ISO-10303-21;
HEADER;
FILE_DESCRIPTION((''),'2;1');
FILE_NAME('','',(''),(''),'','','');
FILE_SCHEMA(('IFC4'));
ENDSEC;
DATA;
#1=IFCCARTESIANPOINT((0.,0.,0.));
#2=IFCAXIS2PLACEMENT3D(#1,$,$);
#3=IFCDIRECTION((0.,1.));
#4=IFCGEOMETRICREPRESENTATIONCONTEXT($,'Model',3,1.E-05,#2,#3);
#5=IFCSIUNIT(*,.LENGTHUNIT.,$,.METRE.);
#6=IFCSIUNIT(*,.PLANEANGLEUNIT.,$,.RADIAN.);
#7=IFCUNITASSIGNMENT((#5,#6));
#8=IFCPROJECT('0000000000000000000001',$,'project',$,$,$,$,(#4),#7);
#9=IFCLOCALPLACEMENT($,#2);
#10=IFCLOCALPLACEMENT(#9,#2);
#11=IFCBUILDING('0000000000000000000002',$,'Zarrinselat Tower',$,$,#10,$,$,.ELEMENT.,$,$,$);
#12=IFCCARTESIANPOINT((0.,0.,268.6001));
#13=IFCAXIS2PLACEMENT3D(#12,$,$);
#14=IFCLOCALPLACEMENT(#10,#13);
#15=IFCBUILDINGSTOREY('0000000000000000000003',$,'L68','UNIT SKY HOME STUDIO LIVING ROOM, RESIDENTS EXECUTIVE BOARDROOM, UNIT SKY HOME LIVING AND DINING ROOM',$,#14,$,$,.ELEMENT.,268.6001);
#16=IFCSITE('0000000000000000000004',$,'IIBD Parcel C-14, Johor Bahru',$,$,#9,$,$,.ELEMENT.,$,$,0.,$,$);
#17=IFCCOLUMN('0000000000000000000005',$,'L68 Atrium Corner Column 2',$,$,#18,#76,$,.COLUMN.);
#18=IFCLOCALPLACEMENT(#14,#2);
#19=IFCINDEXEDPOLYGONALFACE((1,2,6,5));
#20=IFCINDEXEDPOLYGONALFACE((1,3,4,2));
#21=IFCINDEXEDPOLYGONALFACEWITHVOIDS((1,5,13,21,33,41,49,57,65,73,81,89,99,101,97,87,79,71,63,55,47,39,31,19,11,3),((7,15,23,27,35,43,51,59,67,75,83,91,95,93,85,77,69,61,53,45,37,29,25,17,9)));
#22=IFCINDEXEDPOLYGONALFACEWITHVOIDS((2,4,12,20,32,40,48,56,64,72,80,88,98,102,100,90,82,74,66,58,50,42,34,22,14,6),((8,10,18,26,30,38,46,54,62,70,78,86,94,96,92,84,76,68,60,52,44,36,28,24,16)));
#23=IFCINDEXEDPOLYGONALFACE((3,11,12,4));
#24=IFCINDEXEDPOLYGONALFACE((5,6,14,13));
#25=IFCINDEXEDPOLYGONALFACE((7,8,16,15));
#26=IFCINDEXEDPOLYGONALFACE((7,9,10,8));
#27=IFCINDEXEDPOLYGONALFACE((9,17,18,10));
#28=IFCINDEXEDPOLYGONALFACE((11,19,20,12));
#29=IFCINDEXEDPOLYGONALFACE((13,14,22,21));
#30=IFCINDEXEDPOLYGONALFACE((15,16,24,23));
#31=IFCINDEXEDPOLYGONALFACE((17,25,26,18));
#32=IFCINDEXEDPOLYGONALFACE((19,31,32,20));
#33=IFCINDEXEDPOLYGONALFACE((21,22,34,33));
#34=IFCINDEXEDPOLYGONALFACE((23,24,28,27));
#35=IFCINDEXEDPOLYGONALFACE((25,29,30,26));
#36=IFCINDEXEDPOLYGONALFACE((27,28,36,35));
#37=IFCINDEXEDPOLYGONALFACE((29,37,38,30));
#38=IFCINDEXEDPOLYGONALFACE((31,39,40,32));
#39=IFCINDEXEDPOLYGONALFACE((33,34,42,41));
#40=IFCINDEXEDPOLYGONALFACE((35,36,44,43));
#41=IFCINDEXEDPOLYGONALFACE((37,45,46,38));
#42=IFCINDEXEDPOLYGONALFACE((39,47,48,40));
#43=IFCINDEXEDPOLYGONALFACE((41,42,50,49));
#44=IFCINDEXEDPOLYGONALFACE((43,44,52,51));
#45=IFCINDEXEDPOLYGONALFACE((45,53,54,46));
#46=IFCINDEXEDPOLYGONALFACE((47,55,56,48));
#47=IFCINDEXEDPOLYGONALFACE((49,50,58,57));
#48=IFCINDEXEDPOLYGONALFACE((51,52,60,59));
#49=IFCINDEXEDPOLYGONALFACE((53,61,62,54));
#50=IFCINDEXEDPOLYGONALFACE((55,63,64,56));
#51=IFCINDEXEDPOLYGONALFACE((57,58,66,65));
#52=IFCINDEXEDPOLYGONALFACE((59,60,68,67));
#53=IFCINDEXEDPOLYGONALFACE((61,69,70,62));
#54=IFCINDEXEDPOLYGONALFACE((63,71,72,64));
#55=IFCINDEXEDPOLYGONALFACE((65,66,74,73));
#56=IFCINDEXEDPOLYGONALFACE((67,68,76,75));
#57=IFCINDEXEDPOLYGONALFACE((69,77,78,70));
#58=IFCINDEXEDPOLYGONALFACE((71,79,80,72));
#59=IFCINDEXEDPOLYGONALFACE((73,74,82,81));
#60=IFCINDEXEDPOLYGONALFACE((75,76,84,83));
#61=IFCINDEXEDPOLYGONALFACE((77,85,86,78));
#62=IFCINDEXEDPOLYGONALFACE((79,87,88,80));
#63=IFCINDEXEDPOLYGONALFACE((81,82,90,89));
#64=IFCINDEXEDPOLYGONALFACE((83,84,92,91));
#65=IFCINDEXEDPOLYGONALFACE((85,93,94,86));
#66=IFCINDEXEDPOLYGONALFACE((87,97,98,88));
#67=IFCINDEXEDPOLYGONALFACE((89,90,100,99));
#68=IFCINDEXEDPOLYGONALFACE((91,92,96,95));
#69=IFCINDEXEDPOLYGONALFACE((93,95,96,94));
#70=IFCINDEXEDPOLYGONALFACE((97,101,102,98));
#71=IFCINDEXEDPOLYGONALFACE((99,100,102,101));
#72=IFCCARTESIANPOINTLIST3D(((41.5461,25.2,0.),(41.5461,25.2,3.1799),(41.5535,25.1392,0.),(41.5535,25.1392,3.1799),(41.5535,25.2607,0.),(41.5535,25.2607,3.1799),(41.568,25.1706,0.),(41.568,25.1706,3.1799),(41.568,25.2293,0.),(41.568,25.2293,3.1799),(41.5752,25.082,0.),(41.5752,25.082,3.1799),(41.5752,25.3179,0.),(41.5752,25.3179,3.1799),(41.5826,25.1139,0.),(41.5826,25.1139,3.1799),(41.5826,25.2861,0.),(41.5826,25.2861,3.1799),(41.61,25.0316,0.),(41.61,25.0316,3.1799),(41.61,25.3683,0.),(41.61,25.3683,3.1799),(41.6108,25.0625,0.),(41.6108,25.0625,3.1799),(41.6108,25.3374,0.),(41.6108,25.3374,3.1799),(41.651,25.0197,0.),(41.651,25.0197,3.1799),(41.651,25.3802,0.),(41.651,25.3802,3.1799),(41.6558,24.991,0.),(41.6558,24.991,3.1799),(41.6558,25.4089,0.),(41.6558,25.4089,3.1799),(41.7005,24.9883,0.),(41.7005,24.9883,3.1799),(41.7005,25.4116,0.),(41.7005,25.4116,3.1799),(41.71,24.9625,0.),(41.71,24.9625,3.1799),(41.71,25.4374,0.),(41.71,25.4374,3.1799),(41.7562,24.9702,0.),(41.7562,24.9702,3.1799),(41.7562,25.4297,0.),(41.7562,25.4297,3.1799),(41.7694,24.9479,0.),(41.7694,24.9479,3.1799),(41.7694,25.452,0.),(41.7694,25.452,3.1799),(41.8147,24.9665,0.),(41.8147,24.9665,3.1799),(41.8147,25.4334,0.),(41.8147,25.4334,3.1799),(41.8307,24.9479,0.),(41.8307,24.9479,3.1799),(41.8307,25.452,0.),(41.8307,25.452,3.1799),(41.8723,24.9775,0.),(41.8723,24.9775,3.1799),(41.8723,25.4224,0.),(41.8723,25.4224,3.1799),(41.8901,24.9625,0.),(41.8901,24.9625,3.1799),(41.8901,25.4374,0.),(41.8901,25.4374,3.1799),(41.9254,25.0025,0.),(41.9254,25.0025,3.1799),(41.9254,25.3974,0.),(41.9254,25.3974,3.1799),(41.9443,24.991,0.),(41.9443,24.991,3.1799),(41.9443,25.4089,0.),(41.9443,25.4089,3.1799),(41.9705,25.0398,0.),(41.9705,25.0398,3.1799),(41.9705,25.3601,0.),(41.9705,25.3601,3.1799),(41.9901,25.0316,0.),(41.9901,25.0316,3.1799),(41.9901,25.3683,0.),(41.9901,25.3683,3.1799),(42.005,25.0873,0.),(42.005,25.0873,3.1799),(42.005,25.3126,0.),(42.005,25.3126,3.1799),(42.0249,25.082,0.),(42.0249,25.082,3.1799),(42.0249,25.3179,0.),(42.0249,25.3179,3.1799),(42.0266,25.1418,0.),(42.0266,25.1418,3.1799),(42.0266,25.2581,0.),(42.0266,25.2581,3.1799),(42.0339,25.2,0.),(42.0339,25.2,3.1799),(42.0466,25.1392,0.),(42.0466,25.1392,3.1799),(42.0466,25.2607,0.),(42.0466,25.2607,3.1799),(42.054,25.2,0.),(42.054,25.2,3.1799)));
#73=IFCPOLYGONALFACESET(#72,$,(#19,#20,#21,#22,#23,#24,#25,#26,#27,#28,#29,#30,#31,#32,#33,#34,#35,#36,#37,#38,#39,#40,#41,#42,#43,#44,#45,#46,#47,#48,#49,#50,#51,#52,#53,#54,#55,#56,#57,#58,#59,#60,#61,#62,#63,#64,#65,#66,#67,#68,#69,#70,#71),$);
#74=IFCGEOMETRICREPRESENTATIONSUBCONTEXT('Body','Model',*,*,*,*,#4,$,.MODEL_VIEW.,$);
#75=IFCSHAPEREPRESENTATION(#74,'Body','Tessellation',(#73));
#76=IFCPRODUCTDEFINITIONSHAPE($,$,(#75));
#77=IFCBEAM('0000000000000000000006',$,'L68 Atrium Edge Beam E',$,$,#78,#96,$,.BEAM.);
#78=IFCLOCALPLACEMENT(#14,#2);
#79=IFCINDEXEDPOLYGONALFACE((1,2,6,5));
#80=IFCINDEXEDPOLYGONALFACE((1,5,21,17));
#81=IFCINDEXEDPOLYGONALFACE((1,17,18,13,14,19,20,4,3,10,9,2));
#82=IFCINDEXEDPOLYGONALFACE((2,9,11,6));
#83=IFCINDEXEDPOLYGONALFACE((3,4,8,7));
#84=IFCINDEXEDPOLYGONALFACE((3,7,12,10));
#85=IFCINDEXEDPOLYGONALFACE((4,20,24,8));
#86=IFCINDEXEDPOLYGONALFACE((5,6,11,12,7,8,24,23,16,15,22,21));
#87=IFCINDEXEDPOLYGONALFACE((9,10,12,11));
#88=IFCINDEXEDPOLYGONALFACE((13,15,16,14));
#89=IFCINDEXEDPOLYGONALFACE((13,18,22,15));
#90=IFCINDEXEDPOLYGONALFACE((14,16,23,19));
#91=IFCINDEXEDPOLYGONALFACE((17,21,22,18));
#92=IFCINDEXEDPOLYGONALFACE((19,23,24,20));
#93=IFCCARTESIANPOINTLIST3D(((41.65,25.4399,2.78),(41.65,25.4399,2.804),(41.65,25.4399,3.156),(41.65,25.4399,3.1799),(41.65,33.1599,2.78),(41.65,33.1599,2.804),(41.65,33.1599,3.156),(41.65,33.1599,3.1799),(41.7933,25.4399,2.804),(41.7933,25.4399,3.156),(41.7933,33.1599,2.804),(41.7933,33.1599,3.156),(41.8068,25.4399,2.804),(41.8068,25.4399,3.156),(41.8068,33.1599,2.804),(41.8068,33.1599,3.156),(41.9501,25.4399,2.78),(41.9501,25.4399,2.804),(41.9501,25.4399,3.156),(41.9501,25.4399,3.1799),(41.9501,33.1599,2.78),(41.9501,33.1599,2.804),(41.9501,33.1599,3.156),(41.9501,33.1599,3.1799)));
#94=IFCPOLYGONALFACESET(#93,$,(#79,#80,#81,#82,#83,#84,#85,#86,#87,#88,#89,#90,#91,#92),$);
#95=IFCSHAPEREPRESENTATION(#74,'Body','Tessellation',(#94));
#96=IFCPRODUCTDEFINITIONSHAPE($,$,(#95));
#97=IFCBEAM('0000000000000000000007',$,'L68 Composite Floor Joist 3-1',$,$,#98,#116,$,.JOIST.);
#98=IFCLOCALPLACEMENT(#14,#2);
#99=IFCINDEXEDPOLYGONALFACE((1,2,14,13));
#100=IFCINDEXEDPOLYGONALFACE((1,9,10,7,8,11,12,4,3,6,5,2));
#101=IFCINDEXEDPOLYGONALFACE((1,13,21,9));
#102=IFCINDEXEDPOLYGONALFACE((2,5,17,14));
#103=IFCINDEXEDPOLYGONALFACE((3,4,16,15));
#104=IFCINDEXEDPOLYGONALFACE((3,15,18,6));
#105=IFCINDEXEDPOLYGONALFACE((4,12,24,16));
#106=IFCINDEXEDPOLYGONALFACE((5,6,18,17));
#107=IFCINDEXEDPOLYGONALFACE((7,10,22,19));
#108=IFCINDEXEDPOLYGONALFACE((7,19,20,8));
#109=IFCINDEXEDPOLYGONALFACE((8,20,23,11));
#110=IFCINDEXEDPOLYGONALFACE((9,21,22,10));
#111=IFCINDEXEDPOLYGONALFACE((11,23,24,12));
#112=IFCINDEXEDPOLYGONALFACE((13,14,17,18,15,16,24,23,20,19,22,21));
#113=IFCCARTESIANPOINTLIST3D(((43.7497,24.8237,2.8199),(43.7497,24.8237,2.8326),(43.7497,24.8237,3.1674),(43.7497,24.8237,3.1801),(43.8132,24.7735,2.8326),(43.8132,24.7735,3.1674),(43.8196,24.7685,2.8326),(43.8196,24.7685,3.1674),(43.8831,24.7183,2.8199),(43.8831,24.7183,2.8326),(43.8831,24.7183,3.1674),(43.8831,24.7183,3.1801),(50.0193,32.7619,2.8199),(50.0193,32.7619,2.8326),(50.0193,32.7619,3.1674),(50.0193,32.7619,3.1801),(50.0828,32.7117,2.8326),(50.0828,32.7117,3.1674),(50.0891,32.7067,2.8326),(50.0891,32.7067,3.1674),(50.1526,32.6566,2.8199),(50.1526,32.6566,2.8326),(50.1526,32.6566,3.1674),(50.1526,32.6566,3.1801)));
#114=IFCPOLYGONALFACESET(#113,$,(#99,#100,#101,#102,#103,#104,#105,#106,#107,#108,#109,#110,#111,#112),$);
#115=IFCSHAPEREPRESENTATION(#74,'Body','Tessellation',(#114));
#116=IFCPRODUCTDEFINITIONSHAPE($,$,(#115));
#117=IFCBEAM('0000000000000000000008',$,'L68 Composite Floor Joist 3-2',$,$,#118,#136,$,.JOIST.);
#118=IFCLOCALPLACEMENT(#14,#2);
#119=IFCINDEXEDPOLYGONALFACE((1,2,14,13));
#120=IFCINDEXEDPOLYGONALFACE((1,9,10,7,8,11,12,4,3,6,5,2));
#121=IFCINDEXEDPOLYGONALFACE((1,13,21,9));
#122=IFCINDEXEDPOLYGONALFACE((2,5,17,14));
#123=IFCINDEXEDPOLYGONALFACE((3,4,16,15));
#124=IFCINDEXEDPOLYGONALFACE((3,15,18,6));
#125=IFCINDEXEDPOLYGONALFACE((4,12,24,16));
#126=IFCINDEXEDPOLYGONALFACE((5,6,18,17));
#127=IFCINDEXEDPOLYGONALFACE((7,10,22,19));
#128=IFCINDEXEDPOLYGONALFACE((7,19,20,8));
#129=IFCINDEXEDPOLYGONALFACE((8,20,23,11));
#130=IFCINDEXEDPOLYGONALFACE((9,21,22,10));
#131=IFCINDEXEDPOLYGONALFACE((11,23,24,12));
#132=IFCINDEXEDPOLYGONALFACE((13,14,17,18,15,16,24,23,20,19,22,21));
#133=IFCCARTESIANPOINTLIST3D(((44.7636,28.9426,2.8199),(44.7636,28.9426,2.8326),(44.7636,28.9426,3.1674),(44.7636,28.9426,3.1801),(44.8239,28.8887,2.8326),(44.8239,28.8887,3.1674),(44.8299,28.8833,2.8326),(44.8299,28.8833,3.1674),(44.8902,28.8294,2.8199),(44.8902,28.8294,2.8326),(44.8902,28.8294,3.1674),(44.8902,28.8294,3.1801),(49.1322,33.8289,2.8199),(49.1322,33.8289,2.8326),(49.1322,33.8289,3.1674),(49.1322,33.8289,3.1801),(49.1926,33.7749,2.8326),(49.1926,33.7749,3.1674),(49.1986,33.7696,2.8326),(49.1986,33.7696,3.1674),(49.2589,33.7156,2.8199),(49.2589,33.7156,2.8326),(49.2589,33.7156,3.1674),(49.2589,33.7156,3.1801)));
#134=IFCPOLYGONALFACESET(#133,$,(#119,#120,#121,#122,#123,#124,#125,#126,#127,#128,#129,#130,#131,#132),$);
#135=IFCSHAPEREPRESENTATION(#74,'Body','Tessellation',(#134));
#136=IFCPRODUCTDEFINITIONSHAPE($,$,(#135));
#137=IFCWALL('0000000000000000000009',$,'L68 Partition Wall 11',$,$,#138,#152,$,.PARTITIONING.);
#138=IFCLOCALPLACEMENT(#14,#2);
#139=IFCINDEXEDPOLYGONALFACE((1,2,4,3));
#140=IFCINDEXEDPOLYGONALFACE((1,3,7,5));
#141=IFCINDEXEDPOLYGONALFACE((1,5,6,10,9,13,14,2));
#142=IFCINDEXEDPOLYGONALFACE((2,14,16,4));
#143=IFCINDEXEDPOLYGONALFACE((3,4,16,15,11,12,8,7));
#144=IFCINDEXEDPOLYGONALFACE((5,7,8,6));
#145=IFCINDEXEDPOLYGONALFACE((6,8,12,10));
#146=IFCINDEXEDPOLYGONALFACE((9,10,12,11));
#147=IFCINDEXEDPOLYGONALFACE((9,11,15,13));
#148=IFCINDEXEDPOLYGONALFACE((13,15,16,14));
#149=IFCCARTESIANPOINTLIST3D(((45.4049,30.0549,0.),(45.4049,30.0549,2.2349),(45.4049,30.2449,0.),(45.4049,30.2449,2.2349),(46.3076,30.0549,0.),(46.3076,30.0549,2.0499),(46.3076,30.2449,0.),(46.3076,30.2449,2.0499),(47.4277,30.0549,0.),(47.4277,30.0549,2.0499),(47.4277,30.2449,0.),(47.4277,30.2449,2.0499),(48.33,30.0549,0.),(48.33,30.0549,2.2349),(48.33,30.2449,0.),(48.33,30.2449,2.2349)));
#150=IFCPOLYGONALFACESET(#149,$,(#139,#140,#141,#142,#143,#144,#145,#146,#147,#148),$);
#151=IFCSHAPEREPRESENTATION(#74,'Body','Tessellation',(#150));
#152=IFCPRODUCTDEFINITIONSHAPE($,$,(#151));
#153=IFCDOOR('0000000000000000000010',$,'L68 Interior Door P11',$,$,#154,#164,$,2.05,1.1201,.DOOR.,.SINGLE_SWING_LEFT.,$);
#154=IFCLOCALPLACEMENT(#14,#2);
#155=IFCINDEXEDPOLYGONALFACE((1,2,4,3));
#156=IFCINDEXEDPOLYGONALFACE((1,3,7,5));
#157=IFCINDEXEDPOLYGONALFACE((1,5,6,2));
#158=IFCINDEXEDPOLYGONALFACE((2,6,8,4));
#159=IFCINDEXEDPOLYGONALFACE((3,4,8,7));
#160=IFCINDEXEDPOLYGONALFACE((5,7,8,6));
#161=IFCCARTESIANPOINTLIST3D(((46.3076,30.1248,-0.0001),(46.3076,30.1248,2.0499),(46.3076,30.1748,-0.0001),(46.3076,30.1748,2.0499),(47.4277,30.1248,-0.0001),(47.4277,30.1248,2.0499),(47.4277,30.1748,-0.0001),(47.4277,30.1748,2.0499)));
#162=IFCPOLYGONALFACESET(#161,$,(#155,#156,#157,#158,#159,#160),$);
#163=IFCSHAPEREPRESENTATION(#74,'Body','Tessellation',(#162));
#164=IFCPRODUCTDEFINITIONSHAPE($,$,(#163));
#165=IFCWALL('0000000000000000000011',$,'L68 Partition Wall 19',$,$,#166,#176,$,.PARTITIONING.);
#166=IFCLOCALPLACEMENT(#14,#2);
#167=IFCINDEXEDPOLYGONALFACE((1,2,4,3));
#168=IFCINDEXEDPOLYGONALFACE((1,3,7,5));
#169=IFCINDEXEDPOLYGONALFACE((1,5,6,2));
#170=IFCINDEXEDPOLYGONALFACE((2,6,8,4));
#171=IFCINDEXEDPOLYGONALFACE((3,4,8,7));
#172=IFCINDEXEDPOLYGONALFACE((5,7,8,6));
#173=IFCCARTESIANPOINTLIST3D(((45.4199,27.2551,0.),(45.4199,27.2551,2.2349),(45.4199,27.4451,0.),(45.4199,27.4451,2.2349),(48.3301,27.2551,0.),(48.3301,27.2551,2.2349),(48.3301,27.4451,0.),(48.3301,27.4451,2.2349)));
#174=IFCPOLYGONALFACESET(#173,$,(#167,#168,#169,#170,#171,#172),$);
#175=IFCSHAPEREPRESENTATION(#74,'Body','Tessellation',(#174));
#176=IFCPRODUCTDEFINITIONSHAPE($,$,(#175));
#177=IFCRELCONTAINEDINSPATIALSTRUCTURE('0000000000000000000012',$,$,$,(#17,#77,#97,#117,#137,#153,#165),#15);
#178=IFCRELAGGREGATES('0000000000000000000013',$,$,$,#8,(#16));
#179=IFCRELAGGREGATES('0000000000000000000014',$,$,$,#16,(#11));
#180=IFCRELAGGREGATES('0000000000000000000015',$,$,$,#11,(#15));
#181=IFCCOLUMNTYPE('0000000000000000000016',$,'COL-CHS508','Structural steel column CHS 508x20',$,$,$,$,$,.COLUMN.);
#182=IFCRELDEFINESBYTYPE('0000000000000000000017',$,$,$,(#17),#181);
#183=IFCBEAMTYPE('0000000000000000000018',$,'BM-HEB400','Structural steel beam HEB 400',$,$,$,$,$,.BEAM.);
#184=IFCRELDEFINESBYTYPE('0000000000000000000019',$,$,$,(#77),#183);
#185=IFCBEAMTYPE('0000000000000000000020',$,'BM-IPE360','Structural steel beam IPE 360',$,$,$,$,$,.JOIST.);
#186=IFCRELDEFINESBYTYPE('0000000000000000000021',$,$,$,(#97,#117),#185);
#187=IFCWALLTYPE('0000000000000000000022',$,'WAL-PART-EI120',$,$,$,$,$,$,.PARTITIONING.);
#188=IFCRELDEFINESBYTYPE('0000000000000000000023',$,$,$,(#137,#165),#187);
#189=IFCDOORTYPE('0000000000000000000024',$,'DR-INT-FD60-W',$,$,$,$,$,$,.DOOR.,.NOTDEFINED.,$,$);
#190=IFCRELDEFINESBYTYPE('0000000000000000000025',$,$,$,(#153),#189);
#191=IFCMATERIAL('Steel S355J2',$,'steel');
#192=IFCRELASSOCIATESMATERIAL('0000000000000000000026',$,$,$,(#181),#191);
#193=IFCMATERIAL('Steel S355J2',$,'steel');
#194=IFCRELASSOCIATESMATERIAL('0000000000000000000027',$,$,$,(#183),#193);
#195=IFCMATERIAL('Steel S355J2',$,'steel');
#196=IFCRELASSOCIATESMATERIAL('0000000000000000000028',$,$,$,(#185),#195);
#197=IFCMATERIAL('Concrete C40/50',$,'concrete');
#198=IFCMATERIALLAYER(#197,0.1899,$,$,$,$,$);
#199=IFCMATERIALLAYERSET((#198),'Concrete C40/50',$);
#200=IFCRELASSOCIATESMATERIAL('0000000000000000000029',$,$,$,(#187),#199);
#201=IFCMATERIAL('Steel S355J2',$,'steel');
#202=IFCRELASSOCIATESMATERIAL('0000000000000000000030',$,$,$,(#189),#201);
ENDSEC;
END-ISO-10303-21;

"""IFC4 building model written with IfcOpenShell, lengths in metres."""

from ifc_helpers import new_model, si_unit, direction, frame, frame_2d, origin, origin_2d, place, context, subcontext, project, spatial, rectangle, hollow_circle, i_section, extrude, material, layer, layer_set, material_profile, profile_set, type_object, element, fill, save


model = new_model("IFC4")

# Units and contexts
model_context = context("Model", 3, precision=1e-05, world=origin(), true_north=direction((0.0, 1.0)))
body_context = subcontext(model_context, "Body", "Model", "MODEL_VIEW")
ifc_project = project(units=[si_unit("LENGTHUNIT", "METRE"), si_unit("PLANEANGLEUNIT", "RADIAN")], contexts=[model_context])

# Site, building, storey
site_placement = place(None, origin())
site = spatial("IfcSite", under=ifc_project, at=site_placement, Name="IIBD Parcel C-14, Johor Bahru", CompositionType="ELEMENT", RefElevation=0.0)
building_placement = place(site_placement, origin())
building = spatial("IfcBuilding", under=site, at=building_placement, Name="Zarrinselat Tower", CompositionType="ELEMENT")
storey_placement = place(building_placement, frame((0.0, 0.0, 268.6001)))
storey = spatial("IfcBuildingStorey", under=building, at=storey_placement, Name="L68", Description="UNIT SKY HOME STUDIO LIVING ROOM, RESIDENTS EXECUTIVE BOARDROOM, UNIT SKY HOME LIVING AND DINING ROOM", CompositionType="ELEMENT", Elevation=268.6001)

# Column
ifc_material_1 = material(Name="Steel S355J2", Category="steel")
ifc_material_profile_1 = material_profile(ifc_material_1, hollow_circle(Radius=0.2539, WallThickness=0.02, at=origin_2d()), Name="CHS 508x20")
ifc_profile_set_1 = profile_set([ifc_material_profile_1], Name="Steel S355J2")
column_type = type_object("IfcColumnType", Name="COL-CHS508", Description="Structural steel column CHS 508x20", PredefinedType="COLUMN", material=ifc_profile_set_1)
column_placement = place(storey_placement, frame((41.8, 25.2, 0.0), z_axis=(0.0, 0.0, 1.0), x_axis=(1.0, 0.0, 0.0)))
element("IfcColumn", 1, at=column_placement, inside=storey, type_object=column_type, Name="L68 Atrium Corner Column 2", PredefinedType="COLUMN", context=body_context, shape_type="SweptSolid", body=[
    extrude(hollow_circle(Radius=0.2539, WallThickness=0.02, at=origin_2d()), origin(), (0.0, 0.0, 1.0), 3.1799),
])

# Beams
ifc_material_2 = material(Name="Steel S355J2", Category="steel")
ifc_material_profile_2 = material_profile(ifc_material_2, i_section(OverallWidth=0.3, OverallDepth=0.3999, WebThickness=0.0134, FlangeThickness=0.0239, at=origin_2d()), Name="HEB 400")
ifc_profile_set_2 = profile_set([ifc_material_profile_2], Name="Steel S355J2")
beam_type_1 = type_object("IfcBeamType", Name="BM-HEB400", Description="Structural steel beam HEB 400", PredefinedType="BEAM", material=ifc_profile_set_2)
beam_1_placement = place(storey_placement, frame((41.8, 25.4399, 2.98), z_axis=(0.0, 1.0, 0.0), x_axis=(-1.0, 0.0, 0.0)))
element("IfcBeam", 2, at=beam_1_placement, inside=storey, type_object=beam_type_1, Name="L68 Atrium Edge Beam E", PredefinedType="BEAM", context=body_context, shape_type="SweptSolid", body=[
    extrude(i_section(OverallWidth=0.3, OverallDepth=0.3999, WebThickness=0.0134, FlangeThickness=0.0239, at=origin_2d()), origin(), (0.0, 0.0, 1.0), 7.72),
])
ifc_material_3 = material(Name="Steel S355J2", Category="steel")
ifc_material_profile_3 = material_profile(ifc_material_3, i_section(OverallWidth=0.1699, OverallDepth=0.3601, WebThickness=0.0081, FlangeThickness=0.0127, at=origin_2d()), Name="IPE 360")
ifc_profile_set_3 = profile_set([ifc_material_profile_3], Name="Steel S355J2")
beam_type_2 = type_object("IfcBeamType", Name="BM-IPE360", Description="Structural steel beam IPE 360", PredefinedType="JOIST", material=ifc_profile_set_3)
beam_2_placement = place(storey_placement, frame((43.8164, 24.771, 3.0), z_axis=(0.619797, 0.784762, 0.0), x_axis=(-0.784762, 0.619797, 0.0)))
element("IfcBeam", 3, at=beam_2_placement, inside=storey, type_object=beam_type_2, Name="L68 Composite Floor Joist 3-1", PredefinedType="JOIST", context=body_context, shape_type="SweptSolid", body=[
    extrude(i_section(OverallWidth=0.1699, OverallDepth=0.3601, WebThickness=0.0081, FlangeThickness=0.0127, at=origin_2d()), origin(), (0.0, 0.0, 1.0), 10.1155),
])
beam_3_placement = place(storey_placement, frame((44.8269, 28.886, 3.0), z_axis=(0.66652, 0.745487, 0.0), x_axis=(-0.745487, 0.66652, 0.0)))
element("IfcBeam", 4, at=beam_3_placement, inside=storey, type_object=beam_type_2, Name="L68 Composite Floor Joist 3-2", PredefinedType="JOIST", context=body_context, shape_type="SweptSolid", body=[
    extrude(i_section(OverallWidth=0.1699, OverallDepth=0.3601, WebThickness=0.0081, FlangeThickness=0.0127, at=origin_2d()), origin(), (0.0, 0.0, 1.0), 6.5544),
])

# Wall, opening, door
ifc_material_4 = material(Name="Concrete C40/50", Category="concrete")
ifc_layer_1 = layer(ifc_material_4, 0.1899)
ifc_layer_set_1 = layer_set([ifc_layer_1], Name="Concrete C40/50")
wall_type_1 = type_object("IfcWallType", Name="WAL-PART-EI120", PredefinedType="PARTITIONING", material=ifc_layer_set_1)
wall_1_placement = place(storey_placement, frame((45.405, 30.1499, 0.0), z_axis=(0.0, 0.0, 1.0), x_axis=(1.0, 0.0, 0.0)))
wall_1 = element("IfcWall", 5, at=wall_1_placement, inside=storey, type_object=wall_type_1, Name="L68 Partition Wall 11", PredefinedType="PARTITIONING", context=body_context, shape_type="SweptSolid", body=[
    extrude(rectangle(XDim=2.925, YDim=0.1899, at=frame_2d((1.4624, 0.0))), origin(), (0.0, 0.0, 1.0), 2.2349),
])
opening_1_placement = place(wall_1_placement, frame((0.9026, 0.0, 0.0)))
opening_1 = element("IfcOpeningElement", 6, at=opening_1_placement, cuts=wall_1, PredefinedType="OPENING", context=body_context, shape_type="SweptSolid", body=[
    extrude(rectangle(XDim=1.1201, YDim=2.05, at=frame_2d((0.5601, 1.0249))), frame((0.0, 0.105, 0.0), z_axis=(0.0, -1.0, 0.0), x_axis=(1.0, 0.0, 0.0)), (0.0, 0.0, 1.0), 0.21),
])
ifc_material_5 = material(Name="Steel S355J2", Category="steel")
door_type_1 = type_object("IfcDoorType", Name="DR-INT-FD60-W", OperationType="NOTDEFINED", PredefinedType="DOOR", material=ifc_material_5)
door_1_placement = place(opening_1_placement, origin())
door_1 = element("IfcDoor", 7, at=door_1_placement, inside=storey, type_object=door_type_1, Name="L68 Interior Door P11", OperationType="SINGLE_SWING_LEFT", OverallHeight=2.05, OverallWidth=1.1201, PredefinedType="DOOR", context=body_context, shape_type="SweptSolid", body=[
    extrude(rectangle(XDim=1.1201, YDim=2.05, at=frame_2d((0.5601, 1.0249))), frame((0.0, 0.0249, 0.0), z_axis=(0.0, -1.0, 0.0), x_axis=(1.0, 0.0, 0.0)), (0.0, 0.0, 1.0), 0.05),
])
fill(opening_1, door_1)

# Wall
wall_2_placement = place(storey_placement, frame((45.4199, 27.3501, 0.0), z_axis=(0.0, 0.0, 1.0), x_axis=(1.0, 0.0, 0.0)))
element("IfcWall", 8, at=wall_2_placement, inside=storey, type_object=wall_type_1, Name="L68 Partition Wall 19", PredefinedType="PARTITIONING", context=body_context, shape_type="SweptSolid", body=[
    extrude(rectangle(XDim=2.9102, YDim=0.1899, at=frame_2d((1.4551, 0.0))), origin(), (0.0, 0.0, 1.0), 2.2349),
])

save(model, "model.ifc")
